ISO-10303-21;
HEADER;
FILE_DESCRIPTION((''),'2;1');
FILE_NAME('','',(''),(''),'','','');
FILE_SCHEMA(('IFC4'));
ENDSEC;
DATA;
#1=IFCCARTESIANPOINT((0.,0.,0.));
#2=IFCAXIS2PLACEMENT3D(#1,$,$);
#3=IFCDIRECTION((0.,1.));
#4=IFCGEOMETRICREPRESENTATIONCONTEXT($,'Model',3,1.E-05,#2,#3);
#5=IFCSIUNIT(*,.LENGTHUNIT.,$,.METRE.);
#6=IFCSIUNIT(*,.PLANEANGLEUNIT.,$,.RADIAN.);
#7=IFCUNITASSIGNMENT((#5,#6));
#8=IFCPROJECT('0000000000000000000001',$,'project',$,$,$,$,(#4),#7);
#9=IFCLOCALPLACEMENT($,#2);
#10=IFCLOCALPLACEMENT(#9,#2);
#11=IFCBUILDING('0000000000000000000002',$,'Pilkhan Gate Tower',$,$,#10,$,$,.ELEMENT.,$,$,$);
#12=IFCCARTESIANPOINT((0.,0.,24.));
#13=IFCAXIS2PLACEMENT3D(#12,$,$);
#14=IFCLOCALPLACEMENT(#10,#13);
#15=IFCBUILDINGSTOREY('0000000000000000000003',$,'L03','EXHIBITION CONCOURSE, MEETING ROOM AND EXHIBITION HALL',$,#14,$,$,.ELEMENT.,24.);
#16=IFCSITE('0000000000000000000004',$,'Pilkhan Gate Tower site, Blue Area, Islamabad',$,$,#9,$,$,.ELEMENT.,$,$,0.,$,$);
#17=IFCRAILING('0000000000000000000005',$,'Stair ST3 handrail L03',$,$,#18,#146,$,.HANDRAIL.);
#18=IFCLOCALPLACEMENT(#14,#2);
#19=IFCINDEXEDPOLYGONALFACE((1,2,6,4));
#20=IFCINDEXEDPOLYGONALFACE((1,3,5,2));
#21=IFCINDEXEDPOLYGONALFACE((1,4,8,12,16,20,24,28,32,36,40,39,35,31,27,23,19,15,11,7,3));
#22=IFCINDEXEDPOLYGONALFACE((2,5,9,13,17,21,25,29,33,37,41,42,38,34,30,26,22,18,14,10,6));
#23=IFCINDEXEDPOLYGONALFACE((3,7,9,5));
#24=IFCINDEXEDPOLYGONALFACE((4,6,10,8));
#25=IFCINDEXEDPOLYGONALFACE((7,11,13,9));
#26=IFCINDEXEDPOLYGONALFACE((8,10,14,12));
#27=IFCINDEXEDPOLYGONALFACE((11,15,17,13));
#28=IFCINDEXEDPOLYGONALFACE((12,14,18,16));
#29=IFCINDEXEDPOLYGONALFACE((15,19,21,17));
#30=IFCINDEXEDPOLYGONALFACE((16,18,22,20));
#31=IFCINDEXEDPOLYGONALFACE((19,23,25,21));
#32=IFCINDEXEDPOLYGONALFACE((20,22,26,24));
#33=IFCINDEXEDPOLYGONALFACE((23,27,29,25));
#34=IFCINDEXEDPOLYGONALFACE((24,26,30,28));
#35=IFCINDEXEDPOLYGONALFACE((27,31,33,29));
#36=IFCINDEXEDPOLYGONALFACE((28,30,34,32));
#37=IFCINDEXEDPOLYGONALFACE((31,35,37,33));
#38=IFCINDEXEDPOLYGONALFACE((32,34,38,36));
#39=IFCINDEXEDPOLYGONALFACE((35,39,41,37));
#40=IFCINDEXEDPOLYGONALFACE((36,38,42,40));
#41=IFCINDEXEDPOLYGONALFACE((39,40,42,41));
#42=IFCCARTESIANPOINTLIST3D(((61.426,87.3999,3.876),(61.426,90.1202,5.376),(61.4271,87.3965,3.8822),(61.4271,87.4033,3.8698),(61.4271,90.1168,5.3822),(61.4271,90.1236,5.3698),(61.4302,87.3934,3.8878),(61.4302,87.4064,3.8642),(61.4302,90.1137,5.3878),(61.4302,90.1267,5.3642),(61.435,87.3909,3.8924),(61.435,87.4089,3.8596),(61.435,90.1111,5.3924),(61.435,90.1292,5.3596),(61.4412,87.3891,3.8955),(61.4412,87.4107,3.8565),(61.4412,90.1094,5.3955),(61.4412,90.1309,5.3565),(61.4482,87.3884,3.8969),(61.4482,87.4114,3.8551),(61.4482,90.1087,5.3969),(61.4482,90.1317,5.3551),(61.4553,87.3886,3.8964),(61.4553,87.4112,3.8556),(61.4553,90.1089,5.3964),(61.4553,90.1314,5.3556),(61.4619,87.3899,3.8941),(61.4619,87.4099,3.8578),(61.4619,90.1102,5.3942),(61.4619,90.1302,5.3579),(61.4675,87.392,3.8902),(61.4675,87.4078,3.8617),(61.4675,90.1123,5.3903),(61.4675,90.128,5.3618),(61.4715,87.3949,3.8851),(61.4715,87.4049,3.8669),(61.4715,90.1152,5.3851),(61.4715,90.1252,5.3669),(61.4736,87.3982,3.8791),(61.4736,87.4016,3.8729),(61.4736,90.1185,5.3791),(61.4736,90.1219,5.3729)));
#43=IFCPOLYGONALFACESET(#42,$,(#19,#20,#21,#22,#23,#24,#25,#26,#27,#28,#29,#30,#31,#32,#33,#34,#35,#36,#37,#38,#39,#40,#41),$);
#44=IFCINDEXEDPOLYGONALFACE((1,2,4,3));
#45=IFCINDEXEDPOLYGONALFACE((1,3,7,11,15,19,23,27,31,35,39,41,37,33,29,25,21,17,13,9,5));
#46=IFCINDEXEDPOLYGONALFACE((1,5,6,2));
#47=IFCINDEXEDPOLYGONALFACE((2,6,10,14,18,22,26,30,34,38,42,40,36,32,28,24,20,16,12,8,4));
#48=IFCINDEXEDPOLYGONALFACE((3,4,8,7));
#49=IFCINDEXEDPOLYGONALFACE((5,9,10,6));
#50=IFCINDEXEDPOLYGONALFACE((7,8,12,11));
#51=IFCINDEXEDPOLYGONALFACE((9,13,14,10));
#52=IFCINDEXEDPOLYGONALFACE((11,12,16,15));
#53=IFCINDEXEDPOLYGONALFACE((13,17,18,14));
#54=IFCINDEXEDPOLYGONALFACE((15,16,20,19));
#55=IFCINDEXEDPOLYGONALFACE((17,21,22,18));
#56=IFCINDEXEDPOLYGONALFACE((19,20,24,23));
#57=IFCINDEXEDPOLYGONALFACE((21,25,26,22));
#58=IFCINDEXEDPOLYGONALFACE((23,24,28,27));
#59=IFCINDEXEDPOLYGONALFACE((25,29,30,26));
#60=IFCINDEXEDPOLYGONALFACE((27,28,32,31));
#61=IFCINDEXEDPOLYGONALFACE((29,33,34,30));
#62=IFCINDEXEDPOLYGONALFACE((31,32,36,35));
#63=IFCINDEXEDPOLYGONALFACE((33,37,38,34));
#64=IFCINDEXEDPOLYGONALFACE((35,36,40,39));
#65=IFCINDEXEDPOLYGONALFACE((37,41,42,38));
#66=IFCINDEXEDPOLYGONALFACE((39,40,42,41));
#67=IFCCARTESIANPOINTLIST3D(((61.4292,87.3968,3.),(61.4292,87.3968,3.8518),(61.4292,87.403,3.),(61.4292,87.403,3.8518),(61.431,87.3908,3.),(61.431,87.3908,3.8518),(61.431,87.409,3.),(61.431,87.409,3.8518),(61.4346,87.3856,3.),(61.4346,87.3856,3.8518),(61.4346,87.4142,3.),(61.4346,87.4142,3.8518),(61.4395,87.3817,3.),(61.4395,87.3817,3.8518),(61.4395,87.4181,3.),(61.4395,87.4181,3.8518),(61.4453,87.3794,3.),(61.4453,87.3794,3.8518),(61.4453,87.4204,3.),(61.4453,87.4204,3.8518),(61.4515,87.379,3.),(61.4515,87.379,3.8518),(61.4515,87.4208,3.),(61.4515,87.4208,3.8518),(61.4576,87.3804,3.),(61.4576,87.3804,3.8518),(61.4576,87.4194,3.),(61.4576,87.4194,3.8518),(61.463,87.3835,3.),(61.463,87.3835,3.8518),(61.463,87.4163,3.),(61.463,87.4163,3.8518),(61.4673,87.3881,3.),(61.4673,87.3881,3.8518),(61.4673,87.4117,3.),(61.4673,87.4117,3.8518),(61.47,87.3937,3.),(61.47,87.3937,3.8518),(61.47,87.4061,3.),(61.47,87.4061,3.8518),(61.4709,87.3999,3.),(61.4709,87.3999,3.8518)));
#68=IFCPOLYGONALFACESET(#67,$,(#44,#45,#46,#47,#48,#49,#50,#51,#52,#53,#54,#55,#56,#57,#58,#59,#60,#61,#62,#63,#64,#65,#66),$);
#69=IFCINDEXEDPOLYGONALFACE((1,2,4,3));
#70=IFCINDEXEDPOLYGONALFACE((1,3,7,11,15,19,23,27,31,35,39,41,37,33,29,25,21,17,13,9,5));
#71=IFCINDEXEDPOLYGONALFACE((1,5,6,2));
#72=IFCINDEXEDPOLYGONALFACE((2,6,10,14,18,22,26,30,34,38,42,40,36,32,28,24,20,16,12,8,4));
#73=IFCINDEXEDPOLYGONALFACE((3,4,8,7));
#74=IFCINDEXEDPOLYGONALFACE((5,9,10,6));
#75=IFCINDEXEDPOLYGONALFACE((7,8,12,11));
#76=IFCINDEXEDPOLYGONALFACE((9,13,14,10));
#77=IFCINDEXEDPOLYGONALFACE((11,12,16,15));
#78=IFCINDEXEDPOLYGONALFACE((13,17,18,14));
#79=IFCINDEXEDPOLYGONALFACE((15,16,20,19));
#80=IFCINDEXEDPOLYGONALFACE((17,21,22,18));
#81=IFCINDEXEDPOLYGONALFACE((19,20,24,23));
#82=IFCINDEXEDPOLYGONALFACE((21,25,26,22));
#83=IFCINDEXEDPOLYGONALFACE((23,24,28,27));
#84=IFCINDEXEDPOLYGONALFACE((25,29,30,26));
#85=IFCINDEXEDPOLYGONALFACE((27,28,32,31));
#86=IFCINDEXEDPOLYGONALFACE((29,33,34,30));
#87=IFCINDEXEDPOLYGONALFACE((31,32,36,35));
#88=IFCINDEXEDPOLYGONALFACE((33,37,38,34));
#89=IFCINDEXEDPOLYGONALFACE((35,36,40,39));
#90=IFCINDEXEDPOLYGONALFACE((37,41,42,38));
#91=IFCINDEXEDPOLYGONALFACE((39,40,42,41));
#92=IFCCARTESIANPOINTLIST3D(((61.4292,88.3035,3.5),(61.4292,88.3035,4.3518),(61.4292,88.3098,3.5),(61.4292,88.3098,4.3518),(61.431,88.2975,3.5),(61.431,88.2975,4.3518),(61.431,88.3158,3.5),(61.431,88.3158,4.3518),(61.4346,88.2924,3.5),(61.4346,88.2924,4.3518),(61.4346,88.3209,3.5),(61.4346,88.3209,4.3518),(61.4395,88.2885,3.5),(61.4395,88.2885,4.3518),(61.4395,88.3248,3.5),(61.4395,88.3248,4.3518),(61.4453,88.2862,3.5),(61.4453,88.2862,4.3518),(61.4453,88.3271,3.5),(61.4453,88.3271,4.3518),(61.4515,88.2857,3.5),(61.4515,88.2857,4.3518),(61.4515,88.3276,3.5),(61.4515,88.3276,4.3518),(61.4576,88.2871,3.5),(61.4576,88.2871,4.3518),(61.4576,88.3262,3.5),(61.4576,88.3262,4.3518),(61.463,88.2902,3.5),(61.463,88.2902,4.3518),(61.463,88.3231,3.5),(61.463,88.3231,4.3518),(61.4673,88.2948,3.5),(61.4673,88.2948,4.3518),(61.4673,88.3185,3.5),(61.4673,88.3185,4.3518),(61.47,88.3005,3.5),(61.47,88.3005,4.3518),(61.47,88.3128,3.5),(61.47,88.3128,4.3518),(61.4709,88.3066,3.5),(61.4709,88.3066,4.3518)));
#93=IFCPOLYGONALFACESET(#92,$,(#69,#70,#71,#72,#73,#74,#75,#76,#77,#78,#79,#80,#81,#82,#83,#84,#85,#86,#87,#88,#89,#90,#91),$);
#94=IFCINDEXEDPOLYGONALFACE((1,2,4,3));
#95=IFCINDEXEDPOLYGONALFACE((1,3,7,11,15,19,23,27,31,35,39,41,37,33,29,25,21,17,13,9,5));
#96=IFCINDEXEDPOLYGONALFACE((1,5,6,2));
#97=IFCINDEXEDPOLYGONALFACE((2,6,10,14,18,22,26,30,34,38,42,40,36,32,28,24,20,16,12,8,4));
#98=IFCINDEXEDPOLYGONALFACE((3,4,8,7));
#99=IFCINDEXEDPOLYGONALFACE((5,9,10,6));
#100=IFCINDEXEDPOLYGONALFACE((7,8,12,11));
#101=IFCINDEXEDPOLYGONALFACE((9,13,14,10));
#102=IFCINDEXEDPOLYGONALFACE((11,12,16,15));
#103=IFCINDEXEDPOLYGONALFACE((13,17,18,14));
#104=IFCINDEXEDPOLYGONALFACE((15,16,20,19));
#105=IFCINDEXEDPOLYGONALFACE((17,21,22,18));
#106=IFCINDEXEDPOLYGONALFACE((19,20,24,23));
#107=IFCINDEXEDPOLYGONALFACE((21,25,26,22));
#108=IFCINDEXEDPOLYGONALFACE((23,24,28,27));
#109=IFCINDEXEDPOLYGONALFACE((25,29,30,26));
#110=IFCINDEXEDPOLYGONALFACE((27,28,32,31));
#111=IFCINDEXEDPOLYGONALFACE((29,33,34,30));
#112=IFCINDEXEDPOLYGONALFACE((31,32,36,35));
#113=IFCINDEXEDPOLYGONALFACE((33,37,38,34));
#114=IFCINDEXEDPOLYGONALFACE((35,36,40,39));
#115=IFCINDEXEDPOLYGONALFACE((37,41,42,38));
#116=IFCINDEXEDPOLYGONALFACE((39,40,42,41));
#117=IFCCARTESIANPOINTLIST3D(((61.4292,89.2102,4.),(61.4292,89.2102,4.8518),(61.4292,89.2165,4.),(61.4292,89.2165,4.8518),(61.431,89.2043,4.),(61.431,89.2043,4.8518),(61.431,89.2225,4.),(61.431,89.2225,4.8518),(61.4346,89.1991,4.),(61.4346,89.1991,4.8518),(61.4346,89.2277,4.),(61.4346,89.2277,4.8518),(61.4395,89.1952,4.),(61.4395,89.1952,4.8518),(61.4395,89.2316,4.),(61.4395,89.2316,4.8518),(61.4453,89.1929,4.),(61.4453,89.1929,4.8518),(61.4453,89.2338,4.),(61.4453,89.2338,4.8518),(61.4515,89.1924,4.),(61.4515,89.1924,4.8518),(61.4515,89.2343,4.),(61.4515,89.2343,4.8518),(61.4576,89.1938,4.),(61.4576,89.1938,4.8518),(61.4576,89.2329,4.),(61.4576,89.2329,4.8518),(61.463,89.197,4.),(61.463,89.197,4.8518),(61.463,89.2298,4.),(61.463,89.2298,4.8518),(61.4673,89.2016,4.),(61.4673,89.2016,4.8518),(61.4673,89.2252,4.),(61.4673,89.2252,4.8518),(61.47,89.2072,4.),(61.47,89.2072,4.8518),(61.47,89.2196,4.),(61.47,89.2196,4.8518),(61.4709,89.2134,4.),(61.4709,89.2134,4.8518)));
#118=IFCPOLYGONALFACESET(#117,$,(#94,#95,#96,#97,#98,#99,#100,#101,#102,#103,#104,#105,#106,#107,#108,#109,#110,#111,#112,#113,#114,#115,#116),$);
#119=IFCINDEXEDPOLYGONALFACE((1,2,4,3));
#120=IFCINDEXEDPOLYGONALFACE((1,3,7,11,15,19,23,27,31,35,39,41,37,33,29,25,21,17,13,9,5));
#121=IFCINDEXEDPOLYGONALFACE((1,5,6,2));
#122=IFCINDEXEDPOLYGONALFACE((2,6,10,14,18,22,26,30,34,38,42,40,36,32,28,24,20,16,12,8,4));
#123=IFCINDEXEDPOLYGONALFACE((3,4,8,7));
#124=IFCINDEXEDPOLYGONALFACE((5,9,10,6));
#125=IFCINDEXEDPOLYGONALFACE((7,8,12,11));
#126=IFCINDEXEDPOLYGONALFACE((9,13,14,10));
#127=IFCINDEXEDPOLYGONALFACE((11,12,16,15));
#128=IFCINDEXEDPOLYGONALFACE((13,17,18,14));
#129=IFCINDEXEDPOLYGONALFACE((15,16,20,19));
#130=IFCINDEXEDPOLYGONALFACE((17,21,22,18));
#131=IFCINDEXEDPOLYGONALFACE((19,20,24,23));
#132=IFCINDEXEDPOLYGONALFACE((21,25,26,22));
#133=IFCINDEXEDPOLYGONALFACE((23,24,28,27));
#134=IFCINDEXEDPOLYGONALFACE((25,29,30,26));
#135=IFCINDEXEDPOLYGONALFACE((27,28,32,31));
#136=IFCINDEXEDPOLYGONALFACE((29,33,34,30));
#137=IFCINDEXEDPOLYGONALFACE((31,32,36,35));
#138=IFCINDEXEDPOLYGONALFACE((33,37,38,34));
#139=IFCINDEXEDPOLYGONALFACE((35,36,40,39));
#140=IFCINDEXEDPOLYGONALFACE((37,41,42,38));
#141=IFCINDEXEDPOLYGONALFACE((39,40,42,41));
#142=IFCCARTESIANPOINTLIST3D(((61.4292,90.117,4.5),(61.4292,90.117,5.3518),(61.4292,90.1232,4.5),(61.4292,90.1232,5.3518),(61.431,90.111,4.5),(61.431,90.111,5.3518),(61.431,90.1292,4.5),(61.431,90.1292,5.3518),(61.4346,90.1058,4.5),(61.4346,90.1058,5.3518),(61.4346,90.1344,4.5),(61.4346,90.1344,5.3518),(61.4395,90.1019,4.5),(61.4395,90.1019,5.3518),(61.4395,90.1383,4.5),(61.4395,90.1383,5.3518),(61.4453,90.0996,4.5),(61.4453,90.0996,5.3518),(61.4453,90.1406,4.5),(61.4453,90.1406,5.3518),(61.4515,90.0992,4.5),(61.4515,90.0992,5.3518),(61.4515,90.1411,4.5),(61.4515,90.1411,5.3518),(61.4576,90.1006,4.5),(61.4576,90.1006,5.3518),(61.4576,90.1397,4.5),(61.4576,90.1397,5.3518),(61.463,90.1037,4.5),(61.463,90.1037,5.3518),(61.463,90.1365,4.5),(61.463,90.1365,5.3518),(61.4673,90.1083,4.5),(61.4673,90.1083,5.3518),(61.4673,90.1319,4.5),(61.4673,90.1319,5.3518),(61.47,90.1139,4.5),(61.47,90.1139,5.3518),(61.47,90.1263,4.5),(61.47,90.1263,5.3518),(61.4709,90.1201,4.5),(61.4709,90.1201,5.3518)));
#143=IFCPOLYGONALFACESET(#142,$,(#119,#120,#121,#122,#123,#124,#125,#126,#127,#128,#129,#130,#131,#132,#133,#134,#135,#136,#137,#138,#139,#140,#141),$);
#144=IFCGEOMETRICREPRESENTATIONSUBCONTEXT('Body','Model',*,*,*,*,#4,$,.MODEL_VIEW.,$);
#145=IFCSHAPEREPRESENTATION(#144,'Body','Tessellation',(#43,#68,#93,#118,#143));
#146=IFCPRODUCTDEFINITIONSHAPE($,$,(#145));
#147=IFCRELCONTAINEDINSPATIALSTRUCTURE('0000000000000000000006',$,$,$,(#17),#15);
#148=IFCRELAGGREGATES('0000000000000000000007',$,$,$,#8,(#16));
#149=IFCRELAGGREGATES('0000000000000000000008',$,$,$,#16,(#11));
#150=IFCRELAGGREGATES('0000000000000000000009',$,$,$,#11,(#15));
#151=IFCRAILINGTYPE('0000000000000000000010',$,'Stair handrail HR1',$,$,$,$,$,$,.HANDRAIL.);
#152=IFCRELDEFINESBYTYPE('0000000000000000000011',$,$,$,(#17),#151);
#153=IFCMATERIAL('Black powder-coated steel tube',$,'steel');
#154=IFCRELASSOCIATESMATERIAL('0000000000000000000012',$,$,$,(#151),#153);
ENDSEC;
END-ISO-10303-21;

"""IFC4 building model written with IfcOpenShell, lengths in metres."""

from ifc_helpers import new_model, si_unit, direction, frame, origin, origin_2d, place, context, subcontext, project, spatial, circle, extrude, material, type_object, element, save


model = new_model("IFC4")

# Units and contexts
model_context = context("Model", 3, precision=1e-05, world=origin(), true_north=direction((0.0, 1.0)))
body_context = subcontext(model_context, "Body", "Model", "MODEL_VIEW")
ifc_project = project(units=[si_unit("LENGTHUNIT", "METRE"), si_unit("PLANEANGLEUNIT", "RADIAN")], contexts=[model_context])

# Site, building, storey
site_placement = place(None, origin())
site = spatial("IfcSite", under=ifc_project, at=site_placement, Name="Pilkhan Gate Tower site, Blue Area, Islamabad", CompositionType="ELEMENT", RefElevation=0.0)
building_placement = place(site_placement, origin())
building = spatial("IfcBuilding", under=site, at=building_placement, Name="Pilkhan Gate Tower", CompositionType="ELEMENT")
storey_placement = place(building_placement, frame((0.0, 0.0, 24.0)))
storey = spatial("IfcBuildingStorey", under=building, at=storey_placement, Name="L03", Description="EXHIBITION CONCOURSE, MEETING ROOM AND EXHIBITION HALL", CompositionType="ELEMENT", Elevation=24.0)

# Railing
ifc_material_1 = material(Name="Black powder-coated steel tube", Category="steel")
railing_type_1 = type_object("IfcRailingType", Name="Stair handrail HR1", PredefinedType="HANDRAIL", material=ifc_material_1)
for number, where, name in (
    (1, (61.45, 87.3999, 3.0), "Stair ST3 handrail L03"),
):
    element("IfcRailing", number, at=place(storey_placement, frame(where)), inside=storey, type_object=railing_type_1, Name=name, PredefinedType="HANDRAIL", context=body_context, shape_type="SweptSolid", body=[
        extrude(circle(Radius=0.0239, at=origin_2d()), frame((0.0, 0.0, 0.876), z_axis=(0.0, 0.875688, 0.482878), x_axis=(-1.0, 0.0, 0.0)), (0.0, 0.0, 1.0), 3.1064),
        extrude(circle(Radius=0.021, at=origin_2d()), origin(), (0.0, 0.0, 1.0), 0.8518),
        extrude(circle(Radius=0.021, at=origin_2d()), frame((0.0, 0.9067, 0.5)), (0.0, 0.0, 1.0), 0.8518),
        extrude(circle(Radius=0.021, at=origin_2d()), frame((0.0, 1.8135, 1.0)), (0.0, 0.0, 1.0), 0.8518),
        extrude(circle(Radius=0.021, at=origin_2d()), frame((0.0, 2.7202, 1.5)), (0.0, 0.0, 1.0), 0.8518),
    ])

save(model, "model.ifc")
